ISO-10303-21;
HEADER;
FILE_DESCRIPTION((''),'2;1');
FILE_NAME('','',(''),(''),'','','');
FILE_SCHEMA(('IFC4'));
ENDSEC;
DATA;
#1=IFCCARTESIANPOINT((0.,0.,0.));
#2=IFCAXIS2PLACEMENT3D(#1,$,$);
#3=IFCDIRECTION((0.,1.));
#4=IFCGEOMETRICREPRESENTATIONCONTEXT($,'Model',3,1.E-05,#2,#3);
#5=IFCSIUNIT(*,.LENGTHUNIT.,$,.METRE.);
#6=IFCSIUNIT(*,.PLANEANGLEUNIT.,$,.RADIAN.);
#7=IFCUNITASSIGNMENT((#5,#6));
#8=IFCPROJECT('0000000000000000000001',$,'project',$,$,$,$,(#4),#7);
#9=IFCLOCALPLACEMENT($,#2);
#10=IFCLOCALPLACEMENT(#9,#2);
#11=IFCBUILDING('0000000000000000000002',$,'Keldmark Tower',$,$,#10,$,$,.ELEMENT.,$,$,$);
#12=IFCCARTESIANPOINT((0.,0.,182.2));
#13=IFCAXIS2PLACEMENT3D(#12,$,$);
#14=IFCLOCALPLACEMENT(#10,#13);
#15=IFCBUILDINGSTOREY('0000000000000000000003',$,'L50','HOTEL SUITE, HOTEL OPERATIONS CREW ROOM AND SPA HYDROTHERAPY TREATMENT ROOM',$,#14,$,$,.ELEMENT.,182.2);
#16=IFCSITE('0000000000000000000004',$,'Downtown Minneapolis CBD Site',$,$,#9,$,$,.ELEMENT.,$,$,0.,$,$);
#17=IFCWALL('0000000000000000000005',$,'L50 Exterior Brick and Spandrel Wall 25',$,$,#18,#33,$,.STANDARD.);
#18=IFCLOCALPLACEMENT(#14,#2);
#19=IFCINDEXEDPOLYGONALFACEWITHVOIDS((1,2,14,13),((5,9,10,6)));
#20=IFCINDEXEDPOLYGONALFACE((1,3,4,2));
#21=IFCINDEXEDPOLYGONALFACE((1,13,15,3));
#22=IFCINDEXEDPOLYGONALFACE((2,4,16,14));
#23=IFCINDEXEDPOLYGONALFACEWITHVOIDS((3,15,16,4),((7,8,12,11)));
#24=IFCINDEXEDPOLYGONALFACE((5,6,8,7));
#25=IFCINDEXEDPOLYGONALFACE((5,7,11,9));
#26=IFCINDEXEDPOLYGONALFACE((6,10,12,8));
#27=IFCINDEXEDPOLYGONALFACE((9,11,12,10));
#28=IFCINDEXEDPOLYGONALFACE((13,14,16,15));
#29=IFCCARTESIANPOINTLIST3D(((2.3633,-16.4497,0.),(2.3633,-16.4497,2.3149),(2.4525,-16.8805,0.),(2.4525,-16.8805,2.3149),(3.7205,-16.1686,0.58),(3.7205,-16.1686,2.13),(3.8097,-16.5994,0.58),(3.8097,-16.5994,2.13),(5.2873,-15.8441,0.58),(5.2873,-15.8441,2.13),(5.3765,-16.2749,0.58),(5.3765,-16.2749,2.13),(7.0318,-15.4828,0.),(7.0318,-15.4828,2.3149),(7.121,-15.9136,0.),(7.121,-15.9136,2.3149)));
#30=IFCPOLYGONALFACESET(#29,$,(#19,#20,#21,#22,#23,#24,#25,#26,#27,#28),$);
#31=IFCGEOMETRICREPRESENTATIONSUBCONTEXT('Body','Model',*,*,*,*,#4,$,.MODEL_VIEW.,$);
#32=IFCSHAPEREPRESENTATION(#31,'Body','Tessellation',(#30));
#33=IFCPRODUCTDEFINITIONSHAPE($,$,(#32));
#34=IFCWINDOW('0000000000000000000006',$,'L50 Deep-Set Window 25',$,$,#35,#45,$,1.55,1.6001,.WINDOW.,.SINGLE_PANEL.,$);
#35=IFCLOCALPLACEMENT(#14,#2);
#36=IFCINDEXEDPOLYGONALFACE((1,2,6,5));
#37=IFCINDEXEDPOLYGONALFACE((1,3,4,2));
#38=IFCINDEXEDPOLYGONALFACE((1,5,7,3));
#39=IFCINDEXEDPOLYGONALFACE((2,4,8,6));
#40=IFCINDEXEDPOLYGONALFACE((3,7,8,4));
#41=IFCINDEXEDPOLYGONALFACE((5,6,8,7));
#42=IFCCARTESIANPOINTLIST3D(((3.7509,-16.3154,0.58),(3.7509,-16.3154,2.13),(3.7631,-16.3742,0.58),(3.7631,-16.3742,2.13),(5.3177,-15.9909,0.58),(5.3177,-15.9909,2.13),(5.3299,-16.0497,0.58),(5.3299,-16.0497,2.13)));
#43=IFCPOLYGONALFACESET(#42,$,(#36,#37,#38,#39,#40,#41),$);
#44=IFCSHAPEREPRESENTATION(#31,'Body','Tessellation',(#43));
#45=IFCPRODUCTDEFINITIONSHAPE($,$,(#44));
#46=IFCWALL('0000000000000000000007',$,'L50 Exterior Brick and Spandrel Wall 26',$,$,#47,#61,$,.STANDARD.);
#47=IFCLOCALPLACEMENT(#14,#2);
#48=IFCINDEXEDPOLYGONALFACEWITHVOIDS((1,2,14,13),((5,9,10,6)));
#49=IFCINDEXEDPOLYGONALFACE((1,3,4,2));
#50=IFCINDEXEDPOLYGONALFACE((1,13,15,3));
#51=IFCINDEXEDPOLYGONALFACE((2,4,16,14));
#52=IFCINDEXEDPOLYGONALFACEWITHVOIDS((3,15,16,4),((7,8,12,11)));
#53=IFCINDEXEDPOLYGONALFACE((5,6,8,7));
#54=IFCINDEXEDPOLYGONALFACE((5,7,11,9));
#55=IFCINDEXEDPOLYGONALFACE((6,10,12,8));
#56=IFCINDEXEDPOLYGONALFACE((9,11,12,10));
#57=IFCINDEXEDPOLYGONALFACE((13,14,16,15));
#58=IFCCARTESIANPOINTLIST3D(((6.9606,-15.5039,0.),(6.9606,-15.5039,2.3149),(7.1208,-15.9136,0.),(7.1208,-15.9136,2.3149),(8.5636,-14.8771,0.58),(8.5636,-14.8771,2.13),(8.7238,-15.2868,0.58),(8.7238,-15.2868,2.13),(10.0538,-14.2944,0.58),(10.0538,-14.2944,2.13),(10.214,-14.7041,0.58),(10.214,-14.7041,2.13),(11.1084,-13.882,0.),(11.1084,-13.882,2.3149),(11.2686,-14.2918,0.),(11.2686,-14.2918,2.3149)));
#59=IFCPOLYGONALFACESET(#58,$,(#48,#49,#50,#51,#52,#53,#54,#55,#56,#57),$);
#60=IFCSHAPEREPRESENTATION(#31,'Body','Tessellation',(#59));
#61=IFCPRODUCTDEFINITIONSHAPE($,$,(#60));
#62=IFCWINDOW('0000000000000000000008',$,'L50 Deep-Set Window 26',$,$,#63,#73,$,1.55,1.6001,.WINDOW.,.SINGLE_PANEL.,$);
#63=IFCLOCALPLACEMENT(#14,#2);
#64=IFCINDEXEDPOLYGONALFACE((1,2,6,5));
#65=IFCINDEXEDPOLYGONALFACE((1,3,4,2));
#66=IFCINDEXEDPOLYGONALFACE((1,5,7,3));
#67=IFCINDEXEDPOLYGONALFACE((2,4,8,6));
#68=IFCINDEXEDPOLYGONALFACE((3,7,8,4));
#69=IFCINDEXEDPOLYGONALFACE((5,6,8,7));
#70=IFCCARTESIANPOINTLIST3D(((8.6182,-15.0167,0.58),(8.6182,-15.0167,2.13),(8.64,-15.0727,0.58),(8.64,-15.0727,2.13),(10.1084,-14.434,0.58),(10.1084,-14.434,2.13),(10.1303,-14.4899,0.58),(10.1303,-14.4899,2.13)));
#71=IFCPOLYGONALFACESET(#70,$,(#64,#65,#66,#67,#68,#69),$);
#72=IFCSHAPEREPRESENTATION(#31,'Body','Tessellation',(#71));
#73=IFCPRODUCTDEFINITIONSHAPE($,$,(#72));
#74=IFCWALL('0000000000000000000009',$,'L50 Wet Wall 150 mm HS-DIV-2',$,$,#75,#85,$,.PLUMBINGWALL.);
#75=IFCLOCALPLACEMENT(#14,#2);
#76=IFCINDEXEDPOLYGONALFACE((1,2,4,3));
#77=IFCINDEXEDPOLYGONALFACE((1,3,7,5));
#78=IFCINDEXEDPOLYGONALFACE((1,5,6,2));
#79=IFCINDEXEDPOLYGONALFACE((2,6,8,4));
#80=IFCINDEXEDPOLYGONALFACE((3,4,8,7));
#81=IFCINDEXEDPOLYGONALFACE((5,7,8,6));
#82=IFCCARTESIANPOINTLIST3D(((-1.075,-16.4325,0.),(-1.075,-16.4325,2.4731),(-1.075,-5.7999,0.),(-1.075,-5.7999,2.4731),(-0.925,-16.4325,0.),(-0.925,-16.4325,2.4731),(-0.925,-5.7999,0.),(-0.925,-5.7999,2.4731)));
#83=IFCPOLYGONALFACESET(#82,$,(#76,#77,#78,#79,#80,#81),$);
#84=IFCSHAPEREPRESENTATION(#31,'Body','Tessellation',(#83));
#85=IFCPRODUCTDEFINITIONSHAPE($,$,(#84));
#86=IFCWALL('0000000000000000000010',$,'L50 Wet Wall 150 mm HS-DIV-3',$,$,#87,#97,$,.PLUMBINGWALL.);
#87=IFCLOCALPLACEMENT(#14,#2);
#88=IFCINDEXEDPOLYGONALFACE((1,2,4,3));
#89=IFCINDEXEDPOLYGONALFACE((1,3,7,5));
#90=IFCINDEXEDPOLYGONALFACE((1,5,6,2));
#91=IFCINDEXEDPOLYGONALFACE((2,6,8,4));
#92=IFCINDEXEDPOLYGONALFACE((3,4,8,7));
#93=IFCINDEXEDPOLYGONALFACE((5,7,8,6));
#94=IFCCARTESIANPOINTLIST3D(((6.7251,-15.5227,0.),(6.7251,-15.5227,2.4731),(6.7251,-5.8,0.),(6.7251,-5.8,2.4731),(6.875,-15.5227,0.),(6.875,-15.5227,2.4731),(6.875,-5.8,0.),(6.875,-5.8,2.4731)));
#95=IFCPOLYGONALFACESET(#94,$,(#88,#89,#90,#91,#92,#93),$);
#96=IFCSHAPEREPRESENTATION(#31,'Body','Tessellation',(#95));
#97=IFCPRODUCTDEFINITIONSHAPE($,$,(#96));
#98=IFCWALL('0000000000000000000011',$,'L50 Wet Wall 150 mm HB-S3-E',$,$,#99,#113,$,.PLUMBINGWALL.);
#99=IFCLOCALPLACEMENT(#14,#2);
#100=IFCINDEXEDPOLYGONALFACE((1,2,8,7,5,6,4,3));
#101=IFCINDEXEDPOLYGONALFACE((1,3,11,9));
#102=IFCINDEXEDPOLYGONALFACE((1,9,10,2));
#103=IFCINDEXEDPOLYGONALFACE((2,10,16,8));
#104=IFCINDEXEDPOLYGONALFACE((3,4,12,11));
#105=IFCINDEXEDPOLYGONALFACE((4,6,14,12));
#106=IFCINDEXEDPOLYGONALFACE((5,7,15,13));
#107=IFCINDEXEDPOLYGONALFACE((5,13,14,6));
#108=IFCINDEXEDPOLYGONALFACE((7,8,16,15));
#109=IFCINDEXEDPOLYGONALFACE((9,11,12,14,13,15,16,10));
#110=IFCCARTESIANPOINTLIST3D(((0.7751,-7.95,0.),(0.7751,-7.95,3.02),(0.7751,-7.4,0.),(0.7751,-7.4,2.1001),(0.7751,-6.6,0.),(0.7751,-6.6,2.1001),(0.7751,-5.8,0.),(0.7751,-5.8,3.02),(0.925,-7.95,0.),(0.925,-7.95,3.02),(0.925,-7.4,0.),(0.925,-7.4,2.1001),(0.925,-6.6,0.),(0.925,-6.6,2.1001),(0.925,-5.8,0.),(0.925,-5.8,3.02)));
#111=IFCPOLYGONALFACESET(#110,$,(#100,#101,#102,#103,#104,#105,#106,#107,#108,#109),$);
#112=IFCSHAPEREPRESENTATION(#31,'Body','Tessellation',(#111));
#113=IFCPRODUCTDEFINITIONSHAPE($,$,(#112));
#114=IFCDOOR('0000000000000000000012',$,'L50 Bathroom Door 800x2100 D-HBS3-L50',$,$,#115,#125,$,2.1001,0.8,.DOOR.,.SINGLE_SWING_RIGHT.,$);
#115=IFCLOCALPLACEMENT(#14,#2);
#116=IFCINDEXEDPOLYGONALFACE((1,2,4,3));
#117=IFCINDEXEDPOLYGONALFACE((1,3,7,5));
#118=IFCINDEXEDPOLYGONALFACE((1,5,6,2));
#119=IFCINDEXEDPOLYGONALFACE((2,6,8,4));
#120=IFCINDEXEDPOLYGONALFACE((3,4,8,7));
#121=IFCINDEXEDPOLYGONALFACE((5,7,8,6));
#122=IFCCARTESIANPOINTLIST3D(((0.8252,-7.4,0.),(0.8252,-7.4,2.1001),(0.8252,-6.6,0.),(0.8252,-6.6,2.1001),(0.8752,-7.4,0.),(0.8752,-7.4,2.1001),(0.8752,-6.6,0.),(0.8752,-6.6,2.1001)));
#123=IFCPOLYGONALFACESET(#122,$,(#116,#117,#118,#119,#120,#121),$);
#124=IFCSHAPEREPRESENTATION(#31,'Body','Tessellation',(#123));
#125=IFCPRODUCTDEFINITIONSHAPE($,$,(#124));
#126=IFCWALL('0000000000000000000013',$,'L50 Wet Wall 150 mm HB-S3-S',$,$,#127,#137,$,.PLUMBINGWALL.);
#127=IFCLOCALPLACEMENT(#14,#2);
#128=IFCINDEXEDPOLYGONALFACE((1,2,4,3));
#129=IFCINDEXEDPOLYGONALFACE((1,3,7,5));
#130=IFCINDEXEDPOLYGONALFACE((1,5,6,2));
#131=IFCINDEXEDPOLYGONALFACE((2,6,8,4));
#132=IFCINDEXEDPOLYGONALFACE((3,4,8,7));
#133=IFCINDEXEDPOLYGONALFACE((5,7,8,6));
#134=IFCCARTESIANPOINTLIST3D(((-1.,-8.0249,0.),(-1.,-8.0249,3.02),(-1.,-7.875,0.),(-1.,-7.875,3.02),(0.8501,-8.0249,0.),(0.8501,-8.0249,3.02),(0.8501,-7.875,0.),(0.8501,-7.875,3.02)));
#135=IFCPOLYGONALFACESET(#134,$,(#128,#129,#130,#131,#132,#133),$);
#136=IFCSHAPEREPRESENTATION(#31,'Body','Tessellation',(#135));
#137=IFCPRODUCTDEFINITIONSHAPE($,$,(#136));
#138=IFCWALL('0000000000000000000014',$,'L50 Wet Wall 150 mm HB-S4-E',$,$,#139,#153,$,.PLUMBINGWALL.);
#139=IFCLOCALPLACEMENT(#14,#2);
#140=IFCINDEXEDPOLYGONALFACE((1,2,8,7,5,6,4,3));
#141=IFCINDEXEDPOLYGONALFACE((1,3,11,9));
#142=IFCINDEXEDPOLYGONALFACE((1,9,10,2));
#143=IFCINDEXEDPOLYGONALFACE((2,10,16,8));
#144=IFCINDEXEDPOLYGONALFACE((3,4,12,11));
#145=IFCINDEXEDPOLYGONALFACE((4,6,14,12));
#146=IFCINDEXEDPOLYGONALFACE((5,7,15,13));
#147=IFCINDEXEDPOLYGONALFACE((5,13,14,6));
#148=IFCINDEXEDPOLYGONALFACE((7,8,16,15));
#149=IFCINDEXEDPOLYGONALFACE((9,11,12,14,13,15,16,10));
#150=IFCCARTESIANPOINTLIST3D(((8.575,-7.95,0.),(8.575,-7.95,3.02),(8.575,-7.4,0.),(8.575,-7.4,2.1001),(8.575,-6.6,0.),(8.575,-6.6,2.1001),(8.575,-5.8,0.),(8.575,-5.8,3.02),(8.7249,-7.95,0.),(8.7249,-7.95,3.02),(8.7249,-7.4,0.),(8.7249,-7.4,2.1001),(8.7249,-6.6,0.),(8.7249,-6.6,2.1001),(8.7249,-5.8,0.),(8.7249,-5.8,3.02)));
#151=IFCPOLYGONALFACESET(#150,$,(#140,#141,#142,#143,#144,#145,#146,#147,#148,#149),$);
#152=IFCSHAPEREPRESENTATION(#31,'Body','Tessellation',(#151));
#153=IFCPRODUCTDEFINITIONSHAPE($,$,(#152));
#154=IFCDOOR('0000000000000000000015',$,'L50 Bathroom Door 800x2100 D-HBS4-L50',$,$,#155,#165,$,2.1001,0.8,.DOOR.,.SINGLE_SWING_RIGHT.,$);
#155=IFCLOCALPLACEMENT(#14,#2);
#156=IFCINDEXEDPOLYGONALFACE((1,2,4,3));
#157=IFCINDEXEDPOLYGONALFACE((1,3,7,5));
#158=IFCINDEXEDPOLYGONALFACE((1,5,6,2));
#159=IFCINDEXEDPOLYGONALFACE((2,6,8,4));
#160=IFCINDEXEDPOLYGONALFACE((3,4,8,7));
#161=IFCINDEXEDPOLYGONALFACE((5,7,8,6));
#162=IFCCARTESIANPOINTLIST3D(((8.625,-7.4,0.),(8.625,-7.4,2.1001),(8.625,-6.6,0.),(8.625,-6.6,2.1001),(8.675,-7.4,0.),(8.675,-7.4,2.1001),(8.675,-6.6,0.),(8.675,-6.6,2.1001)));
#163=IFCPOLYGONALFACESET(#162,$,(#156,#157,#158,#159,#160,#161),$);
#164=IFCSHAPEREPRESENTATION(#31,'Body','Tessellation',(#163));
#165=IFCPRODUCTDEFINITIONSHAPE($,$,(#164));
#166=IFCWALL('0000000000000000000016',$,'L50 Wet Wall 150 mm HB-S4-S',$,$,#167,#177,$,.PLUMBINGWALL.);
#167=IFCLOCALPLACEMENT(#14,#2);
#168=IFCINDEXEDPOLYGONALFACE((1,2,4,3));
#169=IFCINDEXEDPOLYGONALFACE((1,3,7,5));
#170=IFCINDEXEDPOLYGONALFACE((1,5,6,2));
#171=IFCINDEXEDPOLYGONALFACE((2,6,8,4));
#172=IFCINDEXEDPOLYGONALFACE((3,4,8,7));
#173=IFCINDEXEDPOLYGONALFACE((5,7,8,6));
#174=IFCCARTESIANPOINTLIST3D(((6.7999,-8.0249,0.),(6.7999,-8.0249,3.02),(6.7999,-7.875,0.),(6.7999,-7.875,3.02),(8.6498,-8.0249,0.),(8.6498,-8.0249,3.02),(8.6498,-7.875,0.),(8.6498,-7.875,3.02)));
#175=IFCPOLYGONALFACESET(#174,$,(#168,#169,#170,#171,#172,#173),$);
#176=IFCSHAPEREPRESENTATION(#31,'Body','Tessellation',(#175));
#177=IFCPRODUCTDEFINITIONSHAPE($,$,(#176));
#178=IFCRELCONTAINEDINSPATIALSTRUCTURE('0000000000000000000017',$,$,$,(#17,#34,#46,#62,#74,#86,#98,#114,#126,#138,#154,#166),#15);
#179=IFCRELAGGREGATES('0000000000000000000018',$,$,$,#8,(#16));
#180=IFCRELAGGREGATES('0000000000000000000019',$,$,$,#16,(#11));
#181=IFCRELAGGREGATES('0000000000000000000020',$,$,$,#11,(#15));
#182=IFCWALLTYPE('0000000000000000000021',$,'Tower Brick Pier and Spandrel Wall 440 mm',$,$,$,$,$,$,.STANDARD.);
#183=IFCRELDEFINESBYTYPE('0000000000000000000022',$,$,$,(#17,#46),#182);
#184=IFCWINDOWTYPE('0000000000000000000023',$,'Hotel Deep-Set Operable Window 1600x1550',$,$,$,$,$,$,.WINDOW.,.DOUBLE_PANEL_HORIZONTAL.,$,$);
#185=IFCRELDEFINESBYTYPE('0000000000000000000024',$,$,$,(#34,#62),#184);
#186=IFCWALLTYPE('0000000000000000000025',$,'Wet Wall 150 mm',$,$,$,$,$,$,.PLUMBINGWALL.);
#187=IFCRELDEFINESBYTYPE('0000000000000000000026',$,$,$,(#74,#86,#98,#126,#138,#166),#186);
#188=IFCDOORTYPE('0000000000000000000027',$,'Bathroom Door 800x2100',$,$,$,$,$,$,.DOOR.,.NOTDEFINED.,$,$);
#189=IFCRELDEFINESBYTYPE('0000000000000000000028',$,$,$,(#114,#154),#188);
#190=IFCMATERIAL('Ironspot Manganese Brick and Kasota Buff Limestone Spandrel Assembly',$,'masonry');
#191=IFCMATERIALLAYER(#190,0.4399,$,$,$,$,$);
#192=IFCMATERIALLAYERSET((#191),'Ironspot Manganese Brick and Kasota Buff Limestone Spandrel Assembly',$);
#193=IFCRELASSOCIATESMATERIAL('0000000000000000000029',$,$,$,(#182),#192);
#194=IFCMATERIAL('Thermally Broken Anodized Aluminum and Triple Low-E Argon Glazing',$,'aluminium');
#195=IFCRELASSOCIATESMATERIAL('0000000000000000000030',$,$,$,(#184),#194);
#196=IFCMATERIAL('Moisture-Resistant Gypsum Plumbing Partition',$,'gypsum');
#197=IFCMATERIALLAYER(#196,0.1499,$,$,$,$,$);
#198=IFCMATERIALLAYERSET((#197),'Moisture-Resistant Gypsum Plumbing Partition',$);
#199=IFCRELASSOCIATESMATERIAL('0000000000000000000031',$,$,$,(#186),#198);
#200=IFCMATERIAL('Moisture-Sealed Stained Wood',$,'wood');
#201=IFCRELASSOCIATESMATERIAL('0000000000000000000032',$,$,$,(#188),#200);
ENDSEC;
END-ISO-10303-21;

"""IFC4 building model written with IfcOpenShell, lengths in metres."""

from ifc_helpers import new_model, si_unit, direction, frame, frame_2d, origin, place, context, subcontext, project, spatial, rectangle, extrude, material, layer, layer_set, type_object, element, fill, save


model = new_model("IFC4")

# Units and contexts
model_context = context("Model", 3, precision=1e-05, world=origin(), true_north=direction((0.0, 1.0)))
body_context = subcontext(model_context, "Body", "Model", "MODEL_VIEW")
ifc_project = project(units=[si_unit("LENGTHUNIT", "METRE"), si_unit("PLANEANGLEUNIT", "RADIAN")], contexts=[model_context])

# Site, building, storey
site_placement = place(None, origin())
site = spatial("IfcSite", under=ifc_project, at=site_placement, Name="Downtown Minneapolis CBD Site", CompositionType="ELEMENT", RefElevation=0.0)
building_placement = place(site_placement, origin())
building = spatial("IfcBuilding", under=site, at=building_placement, Name="Keldmark Tower", CompositionType="ELEMENT")
storey_placement = place(building_placement, frame((0.0, 0.0, 182.2)))
storey = spatial("IfcBuildingStorey", under=building, at=storey_placement, Name="L50", Description="HOTEL SUITE, HOTEL OPERATIONS CREW ROOM AND SPA HYDROTHERAPY TREATMENT ROOM", CompositionType="ELEMENT", Elevation=182.2)

# Walls, openings, windows
ifc_material_1 = material(Name="Ironspot Manganese Brick and Kasota Buff Limestone Spandrel Assembly", Category="masonry")
ifc_layer_1 = layer(ifc_material_1, 0.4399)
ifc_layer_set_1 = layer_set([ifc_layer_1], Name="Ironspot Manganese Brick and Kasota Buff Limestone Spandrel Assembly")
wall_type_1 = type_object("IfcWallType", Name="Tower Brick Pier and Spandrel Wall 440 mm", PredefinedType="STANDARD", material=ifc_layer_set_1)
ifc_material_2 = material(Name="Thermally Broken Anodized Aluminum and Triple Low-E Argon Glazing", Category="aluminium")
window_type = type_object("IfcWindowType", Name="Hotel Deep-Set Operable Window 1600x1550", PartitioningType="DOUBLE_PANEL_HORIZONTAL", PredefinedType="WINDOW", material=ifc_material_2)
wall_1_placement = place(storey_placement, frame((7.0764, -15.6982, 0.0), z_axis=(0.0, 0.0, 1.0), x_axis=(-0.979223, -0.202788, 0.0)))
wall_1 = element("IfcWall", 1, at=wall_1_placement, inside=storey, type_object=wall_type_1, Name="L50 Exterior Brick and Spandrel Wall 25", PredefinedType="STANDARD", context=body_context, shape_type="SweptSolid", body=[
    extrude(rectangle(XDim=4.7676, YDim=0.4399, at=frame_2d((2.3838, 0.0))), origin(), (0.0, 0.0, 1.0), 2.3149),
])
opening_1_placement = place(wall_1_placement, frame((1.7815, 0.0, 0.5801)))
opening_1 = element("IfcOpeningElement", 2, at=opening_1_placement, cuts=wall_1, PredefinedType="OPENING", context=body_context, shape_type="SweptSolid", body=[
    extrude(rectangle(XDim=1.6001, YDim=1.55, at=frame_2d((0.8, 0.7749))), frame((0.0, 0.23, 0.0), z_axis=(0.0, -1.0, 0.0), x_axis=(1.0, 0.0, 0.0)), (0.0, 0.0, 1.0), 0.46),
])
window_1_placement = place(opening_1_placement, origin())
window_1 = element("IfcWindow", 3, at=window_1_placement, inside=storey, type_object=window_type, Name="L50 Deep-Set Window 25", OverallHeight=1.55, OverallWidth=1.6001, PartitioningType="SINGLE_PANEL", PredefinedType="WINDOW", context=body_context, shape_type="SweptSolid", body=[
    extrude(rectangle(XDim=1.6001, YDim=1.55, at=frame_2d((0.8, 0.7749))), frame((0.0, -0.01, 0.0), z_axis=(0.0, -1.0, 0.0), x_axis=(1.0, 0.0, 0.0)), (0.0, 0.0, 1.0), 0.0601),
])
fill(opening_1, window_1)
wall_2_placement = place(storey_placement, frame((11.1885, -14.0869, 0.0), z_axis=(0.0, 0.0, 1.0), x_axis=(-0.931333, -0.364168, 0.0)))
wall_2 = element("IfcWall", 4, at=wall_2_placement, inside=storey, type_object=wall_type_1, Name="L50 Exterior Brick and Spandrel Wall 26", PredefinedType="STANDARD", context=body_context, shape_type="SweptSolid", body=[
    extrude(rectangle(XDim=4.4536, YDim=0.4399, at=frame_2d((2.2268, 0.0))), origin(), (0.0, 0.0, 1.0), 2.3149),
])
opening_2_placement = place(wall_2_placement, frame((1.1323, 0.0, 0.5801)))
opening_2 = element("IfcOpeningElement", 5, at=opening_2_placement, cuts=wall_2, PredefinedType="OPENING", context=body_context, shape_type="SweptSolid", body=[
    extrude(rectangle(XDim=1.6001, YDim=1.55, at=frame_2d((0.8, 0.7749))), frame((0.0, 0.23, 0.0), z_axis=(0.0, -1.0, 0.0), x_axis=(1.0, 0.0, 0.0)), (0.0, 0.0, 1.0), 0.46),
])
window_2_placement = place(opening_2_placement, origin())
window_2 = element("IfcWindow", 6, at=window_2_placement, inside=storey, type_object=window_type, Name="L50 Deep-Set Window 26", OverallHeight=1.55, OverallWidth=1.6001, PartitioningType="SINGLE_PANEL", PredefinedType="WINDOW", context=body_context, shape_type="SweptSolid", body=[
    extrude(rectangle(XDim=1.6001, YDim=1.55, at=frame_2d((0.8, 0.7749))), frame((0.0, -0.01, 0.0), z_axis=(0.0, -1.0, 0.0), x_axis=(1.0, 0.0, 0.0)), (0.0, 0.0, 1.0), 0.0601),
])
fill(opening_2, window_2)

# Walls
ifc_material_3 = material(Name="Moisture-Resistant Gypsum Plumbing Partition", Category="gypsum")
ifc_layer_2 = layer(ifc_material_3, 0.1499)
ifc_layer_set_2 = layer_set([ifc_layer_2], Name="Moisture-Resistant Gypsum Plumbing Partition")
wall_type_2 = type_object("IfcWallType", Name="Wet Wall 150 mm", PredefinedType="PLUMBINGWALL", material=ifc_layer_set_2)
wall_3_placement = place(storey_placement, frame((-1.0, -16.4326, 0.0), z_axis=(0.0, 0.0, 1.0), x_axis=(0.0, 1.0, 0.0)))
element("IfcWall", 7, at=wall_3_placement, inside=storey, type_object=wall_type_2, Name="L50 Wet Wall 150 mm HS-DIV-2", PredefinedType="PLUMBINGWALL", context=body_context, shape_type="SweptSolid", body=[
    extrude(rectangle(XDim=10.6326, YDim=0.1499, at=frame_2d((5.3164, 0.0))), origin(), (0.0, 0.0, 1.0), 2.4731),
])
wall_4_placement = place(storey_placement, frame((6.8, -15.5227, 0.0), z_axis=(0.0, 0.0, 1.0), x_axis=(0.0, 1.0, 0.0)))
element("IfcWall", 8, at=wall_4_placement, inside=storey, type_object=wall_type_2, Name="L50 Wet Wall 150 mm HS-DIV-3", PredefinedType="PLUMBINGWALL", context=body_context, shape_type="SweptSolid", body=[
    extrude(rectangle(XDim=9.7227, YDim=0.1499, at=frame_2d((4.8613, 0.0))), origin(), (0.0, 0.0, 1.0), 2.4731),
])

# Wall, opening, door
wall_5_placement = place(storey_placement, frame((0.8501, -7.95, 0.0), z_axis=(0.0, 0.0, 1.0), x_axis=(0.0, 1.0, 0.0)))
wall_5 = element("IfcWall", 9, at=wall_5_placement, inside=storey, type_object=wall_type_2, Name="L50 Wet Wall 150 mm HB-S3-E", PredefinedType="PLUMBINGWALL", context=body_context, shape_type="SweptSolid", body=[
    extrude(rectangle(XDim=2.1499, YDim=0.1499, at=frame_2d((1.075, 0.0))), origin(), (0.0, 0.0, 1.0), 3.02),
])
opening_3_placement = place(wall_5_placement, frame((0.55, 0.0, 0.0)))
opening_3 = element("IfcOpeningElement", 10, at=opening_3_placement, cuts=wall_5, PredefinedType="OPENING", context=body_context, shape_type="SweptSolid", body=[
    extrude(rectangle(XDim=0.8, YDim=2.1001, at=frame_2d((0.3999, 1.05))), frame((0.0, 0.085, 0.0), z_axis=(0.0, -1.0, 0.0), x_axis=(1.0, 0.0, 0.0)), (0.0, 0.0, 1.0), 0.1699),
])
ifc_material_4 = material(Name="Moisture-Sealed Stained Wood", Category="wood")
door_type = type_object("IfcDoorType", Name="Bathroom Door 800x2100", OperationType="NOTDEFINED", PredefinedType="DOOR", material=ifc_material_4)
door_1_placement = place(opening_3_placement, origin())
door_1 = element("IfcDoor", 11, at=door_1_placement, inside=storey, type_object=door_type, Name="L50 Bathroom Door 800x2100 D-HBS3-L50", OperationType="SINGLE_SWING_RIGHT", OverallHeight=2.1001, OverallWidth=0.8, PredefinedType="DOOR", context=body_context, shape_type="SweptSolid", body=[
    extrude(rectangle(XDim=0.8, YDim=2.1001, at=frame_2d((0.3999, 1.05))), frame((0.0, 0.0249, 0.0), z_axis=(0.0, -1.0, 0.0), x_axis=(1.0, 0.0, 0.0)), (0.0, 0.0, 1.0), 0.05),
])
fill(opening_3, door_1)

# Wall
wall_6_placement = place(storey_placement, frame((-1.0, -7.95, 0.0), z_axis=(0.0, 0.0, 1.0), x_axis=(1.0, 0.0, 0.0)))
element("IfcWall", 12, at=wall_6_placement, inside=storey, type_object=wall_type_2, Name="L50 Wet Wall 150 mm HB-S3-S", PredefinedType="PLUMBINGWALL", context=body_context, shape_type="SweptSolid", body=[
    extrude(rectangle(XDim=1.8501, YDim=0.1499, at=frame_2d((0.925, 0.0))), origin(), (0.0, 0.0, 1.0), 3.02),
])

# Wall, opening, door
wall_7_placement = place(storey_placement, frame((8.6499, -7.95, 0.0), z_axis=(0.0, 0.0, 1.0), x_axis=(0.0, 1.0, 0.0)))
wall_7 = element("IfcWall", 13, at=wall_7_placement, inside=storey, type_object=wall_type_2, Name="L50 Wet Wall 150 mm HB-S4-E", PredefinedType="PLUMBINGWALL", context=body_context, shape_type="SweptSolid", body=[
    extrude(rectangle(XDim=2.1499, YDim=0.1499, at=frame_2d((1.075, 0.0))), origin(), (0.0, 0.0, 1.0), 3.02),
])
opening_4_placement = place(wall_7_placement, frame((0.55, 0.0, 0.0)))
opening_4 = element("IfcOpeningElement", 14, at=opening_4_placement, cuts=wall_7, PredefinedType="OPENING", context=body_context, shape_type="SweptSolid", body=[
    extrude(rectangle(XDim=0.8, YDim=2.1001, at=frame_2d((0.3999, 1.05))), frame((0.0, 0.085, 0.0), z_axis=(0.0, -1.0, 0.0), x_axis=(1.0, 0.0, 0.0)), (0.0, 0.0, 1.0), 0.1699),
])
door_2_placement = place(opening_4_placement, origin())
door_2 = element("IfcDoor", 15, at=door_2_placement, inside=storey, type_object=door_type, Name="L50 Bathroom Door 800x2100 D-HBS4-L50", OperationType="SINGLE_SWING_RIGHT", OverallHeight=2.1001, OverallWidth=0.8, PredefinedType="DOOR", context=body_context, shape_type="SweptSolid", body=[
    extrude(rectangle(XDim=0.8, YDim=2.1001, at=frame_2d((0.3999, 1.05))), frame((0.0, 0.0249, 0.0), z_axis=(0.0, -1.0, 0.0), x_axis=(1.0, 0.0, 0.0)), (0.0, 0.0, 1.0), 0.05),
])
fill(opening_4, door_2)

# Wall
wall_8_placement = place(storey_placement, frame((6.8, -7.95, 0.0), z_axis=(0.0, 0.0, 1.0), x_axis=(1.0, 0.0, 0.0)))
element("IfcWall", 16, at=wall_8_placement, inside=storey, type_object=wall_type_2, Name="L50 Wet Wall 150 mm HB-S4-S", PredefinedType="PLUMBINGWALL", context=body_context, shape_type="SweptSolid", body=[
    extrude(rectangle(XDim=1.8499, YDim=0.1499, at=frame_2d((0.9248, 0.0))), origin(), (0.0, 0.0, 1.0), 3.02),
])

save(model, "model.ifc")
